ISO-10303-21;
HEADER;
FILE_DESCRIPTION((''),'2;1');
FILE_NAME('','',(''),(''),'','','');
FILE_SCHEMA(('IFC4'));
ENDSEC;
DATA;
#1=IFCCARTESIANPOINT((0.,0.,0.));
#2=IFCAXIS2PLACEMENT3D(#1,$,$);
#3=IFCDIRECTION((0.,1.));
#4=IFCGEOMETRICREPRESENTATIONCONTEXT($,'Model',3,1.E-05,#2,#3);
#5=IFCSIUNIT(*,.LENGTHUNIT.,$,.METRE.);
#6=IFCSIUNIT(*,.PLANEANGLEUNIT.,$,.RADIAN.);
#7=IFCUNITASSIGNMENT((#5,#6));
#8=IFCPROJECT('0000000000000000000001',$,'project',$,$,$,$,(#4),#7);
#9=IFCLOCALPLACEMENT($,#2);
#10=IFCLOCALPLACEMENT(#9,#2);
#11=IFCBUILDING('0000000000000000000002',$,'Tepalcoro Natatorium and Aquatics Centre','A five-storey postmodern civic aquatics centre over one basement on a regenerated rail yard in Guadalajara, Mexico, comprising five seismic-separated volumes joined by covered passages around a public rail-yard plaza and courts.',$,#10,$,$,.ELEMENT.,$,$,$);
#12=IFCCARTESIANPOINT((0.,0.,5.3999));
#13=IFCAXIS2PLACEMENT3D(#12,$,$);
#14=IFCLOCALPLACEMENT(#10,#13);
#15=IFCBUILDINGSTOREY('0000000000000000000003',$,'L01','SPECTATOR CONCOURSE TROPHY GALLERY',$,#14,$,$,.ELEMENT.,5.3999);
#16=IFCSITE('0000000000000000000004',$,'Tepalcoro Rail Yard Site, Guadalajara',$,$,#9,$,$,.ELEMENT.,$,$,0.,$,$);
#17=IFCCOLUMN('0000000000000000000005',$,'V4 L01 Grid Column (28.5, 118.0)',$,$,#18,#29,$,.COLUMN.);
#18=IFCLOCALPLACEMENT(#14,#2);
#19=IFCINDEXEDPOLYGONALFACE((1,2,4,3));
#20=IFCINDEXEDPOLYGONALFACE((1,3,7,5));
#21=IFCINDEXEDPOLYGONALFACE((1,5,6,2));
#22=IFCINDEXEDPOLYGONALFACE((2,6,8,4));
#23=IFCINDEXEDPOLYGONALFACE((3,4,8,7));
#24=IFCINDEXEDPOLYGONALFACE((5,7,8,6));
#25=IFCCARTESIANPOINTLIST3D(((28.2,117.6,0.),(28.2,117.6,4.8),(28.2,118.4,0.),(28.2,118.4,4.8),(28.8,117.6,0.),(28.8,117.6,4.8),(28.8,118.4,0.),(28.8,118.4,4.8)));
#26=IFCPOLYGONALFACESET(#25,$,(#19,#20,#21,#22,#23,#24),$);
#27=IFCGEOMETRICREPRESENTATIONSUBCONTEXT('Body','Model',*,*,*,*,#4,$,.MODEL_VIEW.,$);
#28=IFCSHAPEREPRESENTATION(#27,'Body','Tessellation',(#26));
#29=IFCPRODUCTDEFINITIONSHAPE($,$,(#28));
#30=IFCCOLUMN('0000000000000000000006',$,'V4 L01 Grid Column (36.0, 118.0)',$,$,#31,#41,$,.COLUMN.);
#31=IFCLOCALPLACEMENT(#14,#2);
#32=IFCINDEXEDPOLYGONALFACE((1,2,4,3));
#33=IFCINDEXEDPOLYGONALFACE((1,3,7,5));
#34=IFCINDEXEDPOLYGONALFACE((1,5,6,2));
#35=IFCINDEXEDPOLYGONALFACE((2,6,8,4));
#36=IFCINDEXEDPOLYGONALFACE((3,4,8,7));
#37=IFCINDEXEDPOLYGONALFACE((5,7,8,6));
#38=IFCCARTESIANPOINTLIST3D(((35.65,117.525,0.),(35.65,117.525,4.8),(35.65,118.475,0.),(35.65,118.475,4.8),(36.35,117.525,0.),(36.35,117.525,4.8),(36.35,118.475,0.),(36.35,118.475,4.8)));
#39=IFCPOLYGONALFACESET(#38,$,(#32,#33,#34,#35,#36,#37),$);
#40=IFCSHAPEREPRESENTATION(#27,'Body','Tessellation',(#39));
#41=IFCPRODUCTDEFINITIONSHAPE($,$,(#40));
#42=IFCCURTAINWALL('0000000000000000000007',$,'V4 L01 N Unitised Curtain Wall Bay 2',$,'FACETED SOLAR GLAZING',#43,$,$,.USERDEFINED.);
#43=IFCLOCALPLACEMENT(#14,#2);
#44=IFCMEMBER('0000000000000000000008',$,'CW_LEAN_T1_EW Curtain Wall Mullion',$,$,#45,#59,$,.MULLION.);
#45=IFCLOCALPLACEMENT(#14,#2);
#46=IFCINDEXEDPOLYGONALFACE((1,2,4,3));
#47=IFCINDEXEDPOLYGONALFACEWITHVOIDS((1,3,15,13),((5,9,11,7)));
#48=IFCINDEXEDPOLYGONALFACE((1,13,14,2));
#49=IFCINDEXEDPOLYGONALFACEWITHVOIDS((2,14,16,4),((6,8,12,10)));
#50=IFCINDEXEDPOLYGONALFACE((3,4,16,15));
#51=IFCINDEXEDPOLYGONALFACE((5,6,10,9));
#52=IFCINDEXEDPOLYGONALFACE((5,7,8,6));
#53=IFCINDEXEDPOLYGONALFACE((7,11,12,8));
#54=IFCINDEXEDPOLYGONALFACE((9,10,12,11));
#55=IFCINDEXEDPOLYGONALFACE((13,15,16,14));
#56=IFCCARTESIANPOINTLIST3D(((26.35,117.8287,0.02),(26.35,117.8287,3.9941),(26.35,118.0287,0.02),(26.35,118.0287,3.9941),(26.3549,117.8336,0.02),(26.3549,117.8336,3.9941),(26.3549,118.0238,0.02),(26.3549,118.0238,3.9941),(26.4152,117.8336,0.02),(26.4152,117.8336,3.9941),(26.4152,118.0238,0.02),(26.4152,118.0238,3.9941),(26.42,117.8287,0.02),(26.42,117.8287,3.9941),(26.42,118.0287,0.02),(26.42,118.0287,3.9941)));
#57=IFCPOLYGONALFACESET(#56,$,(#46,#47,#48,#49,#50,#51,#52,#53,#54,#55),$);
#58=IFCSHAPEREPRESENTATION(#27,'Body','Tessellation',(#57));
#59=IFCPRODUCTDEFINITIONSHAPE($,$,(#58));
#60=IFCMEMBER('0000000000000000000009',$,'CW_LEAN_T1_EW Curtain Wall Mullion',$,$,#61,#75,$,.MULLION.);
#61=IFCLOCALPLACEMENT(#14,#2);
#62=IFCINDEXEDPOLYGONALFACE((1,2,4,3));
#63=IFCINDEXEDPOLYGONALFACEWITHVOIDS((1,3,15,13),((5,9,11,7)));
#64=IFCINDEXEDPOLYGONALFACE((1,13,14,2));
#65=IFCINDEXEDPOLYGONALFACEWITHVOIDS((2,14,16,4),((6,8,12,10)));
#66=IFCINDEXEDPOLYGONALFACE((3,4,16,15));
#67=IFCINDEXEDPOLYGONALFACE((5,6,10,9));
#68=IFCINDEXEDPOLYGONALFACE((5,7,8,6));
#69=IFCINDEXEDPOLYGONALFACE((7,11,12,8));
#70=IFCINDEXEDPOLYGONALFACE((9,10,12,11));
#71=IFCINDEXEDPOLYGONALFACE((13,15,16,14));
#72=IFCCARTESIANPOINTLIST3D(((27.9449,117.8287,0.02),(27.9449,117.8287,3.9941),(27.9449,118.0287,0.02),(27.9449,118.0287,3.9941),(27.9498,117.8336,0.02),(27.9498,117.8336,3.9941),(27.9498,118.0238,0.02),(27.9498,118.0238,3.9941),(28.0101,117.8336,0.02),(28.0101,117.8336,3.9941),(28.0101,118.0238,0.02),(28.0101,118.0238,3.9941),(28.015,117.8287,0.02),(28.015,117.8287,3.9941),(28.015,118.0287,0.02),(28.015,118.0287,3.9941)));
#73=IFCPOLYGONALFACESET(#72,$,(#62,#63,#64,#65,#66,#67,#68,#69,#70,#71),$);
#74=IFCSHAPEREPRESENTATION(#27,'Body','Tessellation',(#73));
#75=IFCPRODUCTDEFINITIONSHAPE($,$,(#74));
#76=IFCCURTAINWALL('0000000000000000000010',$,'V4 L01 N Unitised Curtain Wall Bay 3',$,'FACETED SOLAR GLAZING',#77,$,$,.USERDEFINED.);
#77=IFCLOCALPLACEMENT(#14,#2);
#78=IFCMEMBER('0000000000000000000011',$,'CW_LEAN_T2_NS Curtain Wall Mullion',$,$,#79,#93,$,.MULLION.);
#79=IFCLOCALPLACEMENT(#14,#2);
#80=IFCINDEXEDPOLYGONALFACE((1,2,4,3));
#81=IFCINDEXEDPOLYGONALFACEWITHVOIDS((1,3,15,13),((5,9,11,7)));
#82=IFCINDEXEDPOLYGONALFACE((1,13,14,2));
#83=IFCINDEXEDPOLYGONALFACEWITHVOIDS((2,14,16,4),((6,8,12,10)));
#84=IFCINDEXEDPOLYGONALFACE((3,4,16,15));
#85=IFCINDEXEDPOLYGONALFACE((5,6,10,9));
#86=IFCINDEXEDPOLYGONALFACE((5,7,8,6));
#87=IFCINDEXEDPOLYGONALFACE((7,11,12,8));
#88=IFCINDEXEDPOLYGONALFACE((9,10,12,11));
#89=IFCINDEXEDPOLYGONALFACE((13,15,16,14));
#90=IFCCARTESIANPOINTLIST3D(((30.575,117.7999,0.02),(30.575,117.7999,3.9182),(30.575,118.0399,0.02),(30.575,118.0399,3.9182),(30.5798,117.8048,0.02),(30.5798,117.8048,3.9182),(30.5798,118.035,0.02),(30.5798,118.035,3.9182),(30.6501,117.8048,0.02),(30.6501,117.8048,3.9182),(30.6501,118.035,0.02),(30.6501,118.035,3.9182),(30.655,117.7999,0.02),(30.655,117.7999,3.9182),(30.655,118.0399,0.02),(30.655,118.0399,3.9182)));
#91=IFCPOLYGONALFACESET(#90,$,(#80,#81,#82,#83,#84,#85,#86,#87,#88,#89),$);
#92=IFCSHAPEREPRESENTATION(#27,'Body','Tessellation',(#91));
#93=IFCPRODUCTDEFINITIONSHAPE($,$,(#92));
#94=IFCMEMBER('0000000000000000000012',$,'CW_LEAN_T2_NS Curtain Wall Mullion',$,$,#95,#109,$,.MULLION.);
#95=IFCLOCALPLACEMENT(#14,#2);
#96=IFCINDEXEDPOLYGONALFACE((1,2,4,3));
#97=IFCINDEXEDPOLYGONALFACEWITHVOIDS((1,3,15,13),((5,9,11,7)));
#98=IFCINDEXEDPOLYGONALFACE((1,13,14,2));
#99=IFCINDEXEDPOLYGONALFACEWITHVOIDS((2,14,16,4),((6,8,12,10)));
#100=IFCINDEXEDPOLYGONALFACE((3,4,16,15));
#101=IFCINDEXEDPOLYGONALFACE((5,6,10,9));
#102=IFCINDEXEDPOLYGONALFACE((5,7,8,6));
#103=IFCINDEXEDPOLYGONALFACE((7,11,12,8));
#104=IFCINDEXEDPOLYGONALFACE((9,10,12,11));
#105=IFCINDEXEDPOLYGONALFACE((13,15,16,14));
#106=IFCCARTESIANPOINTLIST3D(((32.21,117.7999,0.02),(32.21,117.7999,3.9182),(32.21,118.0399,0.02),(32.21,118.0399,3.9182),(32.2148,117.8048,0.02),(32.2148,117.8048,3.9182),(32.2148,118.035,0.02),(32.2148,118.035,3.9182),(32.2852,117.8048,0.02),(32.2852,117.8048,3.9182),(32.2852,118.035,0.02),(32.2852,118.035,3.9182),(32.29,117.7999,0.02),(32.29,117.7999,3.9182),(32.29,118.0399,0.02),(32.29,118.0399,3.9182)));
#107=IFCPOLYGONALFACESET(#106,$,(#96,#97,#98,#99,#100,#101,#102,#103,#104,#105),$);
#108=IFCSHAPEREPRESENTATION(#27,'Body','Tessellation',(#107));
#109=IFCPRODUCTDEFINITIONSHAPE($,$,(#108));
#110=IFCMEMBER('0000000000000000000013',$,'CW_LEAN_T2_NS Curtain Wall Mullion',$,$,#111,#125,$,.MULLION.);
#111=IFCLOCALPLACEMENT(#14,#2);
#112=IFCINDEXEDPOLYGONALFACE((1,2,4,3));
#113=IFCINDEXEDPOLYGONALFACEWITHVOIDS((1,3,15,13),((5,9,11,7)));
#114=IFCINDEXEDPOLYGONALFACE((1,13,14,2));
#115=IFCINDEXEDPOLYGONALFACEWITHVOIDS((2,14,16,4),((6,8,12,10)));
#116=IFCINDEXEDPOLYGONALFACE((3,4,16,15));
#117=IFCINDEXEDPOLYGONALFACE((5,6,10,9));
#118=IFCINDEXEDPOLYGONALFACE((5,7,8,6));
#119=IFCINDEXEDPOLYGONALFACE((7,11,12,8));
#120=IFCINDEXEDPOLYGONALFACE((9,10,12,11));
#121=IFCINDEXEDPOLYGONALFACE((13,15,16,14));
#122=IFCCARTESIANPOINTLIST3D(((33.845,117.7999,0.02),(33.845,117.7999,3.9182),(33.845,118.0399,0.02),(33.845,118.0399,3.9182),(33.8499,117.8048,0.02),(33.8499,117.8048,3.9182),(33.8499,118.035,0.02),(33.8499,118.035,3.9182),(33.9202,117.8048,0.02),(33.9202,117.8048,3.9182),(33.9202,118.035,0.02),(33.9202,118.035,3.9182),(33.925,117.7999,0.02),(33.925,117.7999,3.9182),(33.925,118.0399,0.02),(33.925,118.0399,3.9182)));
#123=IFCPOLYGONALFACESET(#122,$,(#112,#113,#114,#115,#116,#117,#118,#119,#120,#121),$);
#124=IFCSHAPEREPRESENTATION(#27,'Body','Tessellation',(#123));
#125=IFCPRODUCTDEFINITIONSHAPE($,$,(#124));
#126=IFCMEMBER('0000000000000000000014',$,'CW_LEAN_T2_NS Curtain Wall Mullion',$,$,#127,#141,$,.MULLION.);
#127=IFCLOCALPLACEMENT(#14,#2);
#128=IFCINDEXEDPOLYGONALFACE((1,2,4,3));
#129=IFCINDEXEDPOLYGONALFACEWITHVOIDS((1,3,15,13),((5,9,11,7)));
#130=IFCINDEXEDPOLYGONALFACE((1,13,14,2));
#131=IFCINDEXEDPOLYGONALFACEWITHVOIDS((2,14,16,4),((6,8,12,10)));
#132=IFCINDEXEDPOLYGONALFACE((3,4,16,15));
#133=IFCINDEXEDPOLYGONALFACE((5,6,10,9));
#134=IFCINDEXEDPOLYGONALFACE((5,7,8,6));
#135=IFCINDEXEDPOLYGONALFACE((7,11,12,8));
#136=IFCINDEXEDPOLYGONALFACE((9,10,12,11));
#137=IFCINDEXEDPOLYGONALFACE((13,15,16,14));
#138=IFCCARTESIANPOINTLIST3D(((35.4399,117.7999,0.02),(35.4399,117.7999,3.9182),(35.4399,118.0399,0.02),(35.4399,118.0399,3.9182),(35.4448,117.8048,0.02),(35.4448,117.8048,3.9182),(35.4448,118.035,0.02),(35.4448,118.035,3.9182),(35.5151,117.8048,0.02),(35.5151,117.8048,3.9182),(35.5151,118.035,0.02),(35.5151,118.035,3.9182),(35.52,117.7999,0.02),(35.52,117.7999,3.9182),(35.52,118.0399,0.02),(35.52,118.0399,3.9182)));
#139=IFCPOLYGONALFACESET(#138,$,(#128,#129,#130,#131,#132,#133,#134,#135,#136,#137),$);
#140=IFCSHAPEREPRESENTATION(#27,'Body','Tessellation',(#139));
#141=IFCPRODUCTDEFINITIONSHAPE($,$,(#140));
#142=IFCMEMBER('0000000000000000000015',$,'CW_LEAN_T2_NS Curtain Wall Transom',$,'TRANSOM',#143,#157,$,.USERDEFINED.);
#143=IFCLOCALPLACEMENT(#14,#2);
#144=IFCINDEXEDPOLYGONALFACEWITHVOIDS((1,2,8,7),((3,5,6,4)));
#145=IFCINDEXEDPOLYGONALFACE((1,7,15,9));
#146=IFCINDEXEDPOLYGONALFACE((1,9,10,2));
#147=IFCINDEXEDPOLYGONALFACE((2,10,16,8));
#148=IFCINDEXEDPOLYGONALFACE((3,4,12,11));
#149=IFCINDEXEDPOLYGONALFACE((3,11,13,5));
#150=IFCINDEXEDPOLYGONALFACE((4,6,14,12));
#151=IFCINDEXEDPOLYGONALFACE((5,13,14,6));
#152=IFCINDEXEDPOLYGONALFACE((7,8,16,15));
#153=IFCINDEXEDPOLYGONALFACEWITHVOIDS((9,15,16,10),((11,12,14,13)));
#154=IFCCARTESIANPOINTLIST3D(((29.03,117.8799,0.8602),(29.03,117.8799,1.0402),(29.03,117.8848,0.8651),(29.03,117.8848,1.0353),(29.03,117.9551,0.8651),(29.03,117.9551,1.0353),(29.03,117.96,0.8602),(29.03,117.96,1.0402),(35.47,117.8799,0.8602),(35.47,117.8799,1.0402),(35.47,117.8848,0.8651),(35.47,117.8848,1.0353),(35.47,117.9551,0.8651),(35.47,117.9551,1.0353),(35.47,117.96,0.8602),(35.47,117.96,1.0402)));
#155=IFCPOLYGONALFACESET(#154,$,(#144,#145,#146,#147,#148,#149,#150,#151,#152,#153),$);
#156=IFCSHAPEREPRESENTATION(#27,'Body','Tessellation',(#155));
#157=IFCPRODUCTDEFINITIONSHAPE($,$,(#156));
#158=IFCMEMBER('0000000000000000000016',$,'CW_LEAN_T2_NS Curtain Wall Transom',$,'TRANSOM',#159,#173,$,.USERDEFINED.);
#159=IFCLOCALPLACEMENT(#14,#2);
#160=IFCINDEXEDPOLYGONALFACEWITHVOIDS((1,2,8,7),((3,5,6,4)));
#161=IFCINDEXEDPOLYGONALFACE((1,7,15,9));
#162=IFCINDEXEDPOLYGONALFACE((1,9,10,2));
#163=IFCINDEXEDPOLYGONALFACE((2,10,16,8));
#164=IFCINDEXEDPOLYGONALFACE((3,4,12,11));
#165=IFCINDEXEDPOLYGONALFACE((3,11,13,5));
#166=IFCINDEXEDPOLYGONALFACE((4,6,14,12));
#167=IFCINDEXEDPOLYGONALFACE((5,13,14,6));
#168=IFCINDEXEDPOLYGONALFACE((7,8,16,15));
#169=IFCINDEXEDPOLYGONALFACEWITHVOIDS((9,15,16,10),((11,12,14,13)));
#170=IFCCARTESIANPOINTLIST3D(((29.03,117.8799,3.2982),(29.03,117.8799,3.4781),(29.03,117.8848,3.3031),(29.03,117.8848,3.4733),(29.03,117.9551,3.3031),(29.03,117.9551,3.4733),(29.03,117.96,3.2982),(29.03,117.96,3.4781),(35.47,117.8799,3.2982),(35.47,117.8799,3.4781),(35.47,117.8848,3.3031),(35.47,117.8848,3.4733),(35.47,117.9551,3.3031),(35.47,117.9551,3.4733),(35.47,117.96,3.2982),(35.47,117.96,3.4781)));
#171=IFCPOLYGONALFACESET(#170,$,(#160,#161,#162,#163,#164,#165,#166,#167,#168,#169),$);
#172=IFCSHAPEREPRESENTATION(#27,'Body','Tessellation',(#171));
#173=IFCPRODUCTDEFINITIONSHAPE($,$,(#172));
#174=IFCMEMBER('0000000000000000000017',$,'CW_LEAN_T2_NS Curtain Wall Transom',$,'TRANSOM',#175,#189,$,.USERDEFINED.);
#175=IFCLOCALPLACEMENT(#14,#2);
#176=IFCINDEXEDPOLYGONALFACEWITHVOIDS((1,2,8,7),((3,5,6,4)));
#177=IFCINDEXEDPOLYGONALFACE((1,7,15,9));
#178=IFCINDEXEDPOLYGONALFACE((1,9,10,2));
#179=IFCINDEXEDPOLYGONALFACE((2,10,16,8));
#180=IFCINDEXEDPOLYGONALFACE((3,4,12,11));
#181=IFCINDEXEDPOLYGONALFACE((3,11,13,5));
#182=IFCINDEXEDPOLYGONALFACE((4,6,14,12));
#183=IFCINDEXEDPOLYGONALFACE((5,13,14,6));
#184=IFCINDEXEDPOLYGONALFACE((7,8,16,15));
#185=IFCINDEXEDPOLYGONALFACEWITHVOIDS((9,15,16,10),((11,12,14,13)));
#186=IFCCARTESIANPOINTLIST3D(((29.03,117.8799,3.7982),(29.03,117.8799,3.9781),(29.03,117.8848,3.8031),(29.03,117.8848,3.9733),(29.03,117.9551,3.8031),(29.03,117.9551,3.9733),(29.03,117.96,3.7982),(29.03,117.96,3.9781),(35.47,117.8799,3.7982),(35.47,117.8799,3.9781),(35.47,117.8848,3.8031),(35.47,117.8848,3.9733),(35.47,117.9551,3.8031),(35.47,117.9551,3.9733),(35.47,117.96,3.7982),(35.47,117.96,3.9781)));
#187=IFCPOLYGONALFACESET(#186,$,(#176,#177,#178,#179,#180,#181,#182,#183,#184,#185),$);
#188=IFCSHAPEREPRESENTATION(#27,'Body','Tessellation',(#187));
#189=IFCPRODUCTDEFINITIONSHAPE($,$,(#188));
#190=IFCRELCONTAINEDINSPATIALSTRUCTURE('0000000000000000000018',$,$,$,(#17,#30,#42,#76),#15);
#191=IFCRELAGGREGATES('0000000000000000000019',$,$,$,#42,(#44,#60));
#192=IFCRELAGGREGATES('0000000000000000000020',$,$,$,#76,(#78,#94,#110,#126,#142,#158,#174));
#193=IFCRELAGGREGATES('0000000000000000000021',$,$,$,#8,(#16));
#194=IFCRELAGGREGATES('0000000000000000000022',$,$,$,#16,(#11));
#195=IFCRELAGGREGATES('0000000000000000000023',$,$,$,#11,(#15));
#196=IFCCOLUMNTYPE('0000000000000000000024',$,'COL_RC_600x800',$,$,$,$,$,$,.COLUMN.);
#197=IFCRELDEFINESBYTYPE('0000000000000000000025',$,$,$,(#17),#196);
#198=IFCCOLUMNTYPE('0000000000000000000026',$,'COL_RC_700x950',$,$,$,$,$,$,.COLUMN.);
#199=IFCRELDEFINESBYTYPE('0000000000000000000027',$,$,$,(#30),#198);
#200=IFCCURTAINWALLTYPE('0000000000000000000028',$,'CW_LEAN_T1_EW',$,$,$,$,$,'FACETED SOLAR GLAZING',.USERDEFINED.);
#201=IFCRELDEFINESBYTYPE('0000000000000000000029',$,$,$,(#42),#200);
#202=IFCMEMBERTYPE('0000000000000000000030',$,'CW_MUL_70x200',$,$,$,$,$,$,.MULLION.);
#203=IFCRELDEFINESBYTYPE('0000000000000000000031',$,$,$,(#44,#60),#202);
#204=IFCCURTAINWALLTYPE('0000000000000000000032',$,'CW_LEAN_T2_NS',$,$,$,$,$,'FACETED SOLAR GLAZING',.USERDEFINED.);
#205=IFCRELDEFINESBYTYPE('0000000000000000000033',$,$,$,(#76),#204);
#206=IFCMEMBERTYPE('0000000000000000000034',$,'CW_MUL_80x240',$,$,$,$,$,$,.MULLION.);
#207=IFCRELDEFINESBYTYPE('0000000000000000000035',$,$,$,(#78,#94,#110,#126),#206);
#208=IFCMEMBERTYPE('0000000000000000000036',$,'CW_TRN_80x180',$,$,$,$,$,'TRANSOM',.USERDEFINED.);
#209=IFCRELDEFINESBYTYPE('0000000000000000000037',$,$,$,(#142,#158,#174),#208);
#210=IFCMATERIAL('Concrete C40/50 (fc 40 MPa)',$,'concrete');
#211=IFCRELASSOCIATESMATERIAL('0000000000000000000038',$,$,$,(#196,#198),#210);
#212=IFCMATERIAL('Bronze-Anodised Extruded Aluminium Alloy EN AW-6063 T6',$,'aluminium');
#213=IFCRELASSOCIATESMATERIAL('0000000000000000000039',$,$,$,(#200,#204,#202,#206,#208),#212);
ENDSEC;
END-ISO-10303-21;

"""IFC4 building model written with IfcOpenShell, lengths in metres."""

from ifc_helpers import new_model, si_unit, direction, frame, origin, origin_2d, place, context, subcontext, project, spatial, rectangle, hollow_rectangle, extrude, material, material_profile, profile_set, type_object, element, aggregate, save


model = new_model("IFC4")

# Units and contexts
model_context = context("Model", 3, precision=1e-05, world=origin(), true_north=direction((0.0, 1.0)))
body_context = subcontext(model_context, "Body", "Model", "MODEL_VIEW")
ifc_project = project(units=[si_unit("LENGTHUNIT", "METRE"), si_unit("PLANEANGLEUNIT", "RADIAN")], contexts=[model_context])

# Site, building, storey
site_placement = place(None, origin())
site = spatial("IfcSite", under=ifc_project, at=site_placement, Name="Tepalcoro Rail Yard Site, Guadalajara", CompositionType="ELEMENT", RefElevation=0.0)
building_placement = place(site_placement, origin())
building = spatial("IfcBuilding", under=site, at=building_placement, Name="Tepalcoro Natatorium and Aquatics Centre", Description="A five-storey postmodern civic aquatics centre over one basement on a regenerated rail yard in Guadalajara, Mexico, comprising five seismic-separated volumes joined by covered passages around a public rail-yard plaza and courts.", CompositionType="ELEMENT")
storey_placement = place(building_placement, frame((0.0, 0.0, 5.3999)))
storey = spatial("IfcBuildingStorey", under=building, at=storey_placement, Name="L01", Description="SPECTATOR CONCOURSE TROPHY GALLERY", CompositionType="ELEMENT", Elevation=5.3999)

# Columns
ifc_material_1 = material(Name="Concrete C40/50 (fc 40 MPa)", Category="concrete")
ifc_material_profile_1 = material_profile(ifc_material_1, rectangle(XDim=0.6001, YDim=0.8, at=origin_2d()), Name="RC600x800")
ifc_profile_set_1 = profile_set([ifc_material_profile_1], Name="Concrete C40/50 (fc 40 MPa)")
column_type_1 = type_object("IfcColumnType", Name="COL_RC_600x800", PredefinedType="COLUMN", material=ifc_profile_set_1)
column_1_placement = place(storey_placement, frame((28.5, 118.0, 0.0), z_axis=(0.0, 0.0, 1.0), x_axis=(1.0, 0.0, 0.0)))
element("IfcColumn", 1, at=column_1_placement, inside=storey, type_object=column_type_1, Name="V4 L01 Grid Column (28.5, 118.0)", PredefinedType="COLUMN", context=body_context, shape_type="SweptSolid", body=[
    extrude(rectangle(XDim=0.6001, YDim=0.8, at=origin_2d()), origin(), (0.0, 0.0, 1.0), 4.8),
])
ifc_material_profile_2 = material_profile(ifc_material_1, rectangle(XDim=0.7, YDim=0.95, at=origin_2d()), Name="RC700x950")
ifc_profile_set_2 = profile_set([ifc_material_profile_2], Name="Concrete C40/50 (fc 40 MPa)")
column_type_2 = type_object("IfcColumnType", Name="COL_RC_700x950", PredefinedType="COLUMN", material=ifc_profile_set_2)
column_2_placement = place(storey_placement, frame((36.0, 118.0, 0.0), z_axis=(0.0, 0.0, 1.0), x_axis=(1.0, 0.0, 0.0)))
element("IfcColumn", 2, at=column_2_placement, inside=storey, type_object=column_type_2, Name="V4 L01 Grid Column (36.0, 118.0)", PredefinedType="COLUMN", context=body_context, shape_type="SweptSolid", body=[
    extrude(rectangle(XDim=0.7, YDim=0.95, at=origin_2d()), origin(), (0.0, 0.0, 1.0), 4.8),
])

# Curtain walls, members
ifc_material_2 = material(Name="Bronze-Anodised Extruded Aluminium Alloy EN AW-6063 T6", Category="aluminium")
curtain_wall_type_1 = type_object("IfcCurtainWallType", Name="CW_LEAN_T1_EW", ElementType="FACETED SOLAR GLAZING", PredefinedType="USERDEFINED", material=ifc_material_2)
curtain_wall_1_placement = place(storey_placement, origin())
curtain_wall_1 = element("IfcCurtainWall", 3, at=curtain_wall_1_placement, inside=storey, type_object=curtain_wall_type_1, Name="V4 L01 N Unitised Curtain Wall Bay 2", ObjectType="FACETED SOLAR GLAZING", PredefinedType="USERDEFINED")
ifc_material_profile_3 = material_profile(ifc_material_2, hollow_rectangle(XDim=0.0701, YDim=0.2, WallThickness=0.0049, at=origin_2d()), Name="AL70X200X5")
ifc_profile_set_3 = profile_set([ifc_material_profile_3], Name="Bronze-Anodised Extruded Aluminium Alloy EN AW-6063 T6")
member_type_1 = type_object("IfcMemberType", Name="CW_MUL_70x200", PredefinedType="MULLION", material=ifc_profile_set_3)
member_1_placement = place(storey_placement, frame((26.385, 117.9287, 0.02), z_axis=(0.0, 0.0, 1.0), x_axis=(1.0, 0.0, 0.0)))
member_1 = element("IfcMember", 4, at=member_1_placement, type_object=member_type_1, Name="CW_LEAN_T1_EW Curtain Wall Mullion", PredefinedType="MULLION", context=body_context, shape_type="SweptSolid", body=[
    extrude(hollow_rectangle(XDim=0.0701, YDim=0.2, WallThickness=0.0049, at=origin_2d()), origin(), (0.0, 0.0, 1.0), 3.9741),
])
member_2_placement = place(storey_placement, frame((27.98, 117.9287, 0.02), z_axis=(0.0, 0.0, 1.0), x_axis=(1.0, 0.0, 0.0)))
member_2 = element("IfcMember", 5, at=member_2_placement, type_object=member_type_1, Name="CW_LEAN_T1_EW Curtain Wall Mullion", PredefinedType="MULLION", context=body_context, shape_type="SweptSolid", body=[
    extrude(hollow_rectangle(XDim=0.0701, YDim=0.2, WallThickness=0.0049, at=origin_2d()), origin(), (0.0, 0.0, 1.0), 3.9741),
])
curtain_wall_type_2 = type_object("IfcCurtainWallType", Name="CW_LEAN_T2_NS", ElementType="FACETED SOLAR GLAZING", PredefinedType="USERDEFINED", material=ifc_material_2)
curtain_wall_2_placement = place(storey_placement, origin())
curtain_wall_2 = element("IfcCurtainWall", 6, at=curtain_wall_2_placement, inside=storey, type_object=curtain_wall_type_2, Name="V4 L01 N Unitised Curtain Wall Bay 3", ObjectType="FACETED SOLAR GLAZING", PredefinedType="USERDEFINED")
ifc_material_profile_4 = material_profile(ifc_material_2, hollow_rectangle(XDim=0.0801, YDim=0.24, WallThickness=0.0049, at=origin_2d()), Name="AL80X240X5")
ifc_profile_set_4 = profile_set([ifc_material_profile_4], Name="Bronze-Anodised Extruded Aluminium Alloy EN AW-6063 T6")
member_type_2 = type_object("IfcMemberType", Name="CW_MUL_80x240", PredefinedType="MULLION", material=ifc_profile_set_4)
member_3_placement = place(storey_placement, frame((30.615, 117.9199, 0.02), z_axis=(0.0, 0.0, 1.0), x_axis=(1.0, 0.0, 0.0)))
member_3 = element("IfcMember", 7, at=member_3_placement, type_object=member_type_2, Name="CW_LEAN_T2_NS Curtain Wall Mullion", PredefinedType="MULLION", context=body_context, shape_type="SweptSolid", body=[
    extrude(hollow_rectangle(XDim=0.0801, YDim=0.24, WallThickness=0.0049, at=origin_2d()), origin(), (0.0, 0.0, 1.0), 3.8982),
])
member_4_placement = place(storey_placement, frame((32.25, 117.9199, 0.02), z_axis=(0.0, 0.0, 1.0), x_axis=(1.0, 0.0, 0.0)))
member_4 = element("IfcMember", 8, at=member_4_placement, type_object=member_type_2, Name="CW_LEAN_T2_NS Curtain Wall Mullion", PredefinedType="MULLION", context=body_context, shape_type="SweptSolid", body=[
    extrude(hollow_rectangle(XDim=0.0801, YDim=0.24, WallThickness=0.0049, at=origin_2d()), origin(), (0.0, 0.0, 1.0), 3.8982),
])
member_5_placement = place(storey_placement, frame((33.885, 117.9199, 0.02), z_axis=(0.0, 0.0, 1.0), x_axis=(1.0, 0.0, 0.0)))
member_5 = element("IfcMember", 9, at=member_5_placement, type_object=member_type_2, Name="CW_LEAN_T2_NS Curtain Wall Mullion", PredefinedType="MULLION", context=body_context, shape_type="SweptSolid", body=[
    extrude(hollow_rectangle(XDim=0.0801, YDim=0.24, WallThickness=0.0049, at=origin_2d()), origin(), (0.0, 0.0, 1.0), 3.8982),
])
member_6_placement = place(storey_placement, frame((35.48, 117.9199, 0.02), z_axis=(0.0, 0.0, 1.0), x_axis=(1.0, 0.0, 0.0)))
member_6 = element("IfcMember", 10, at=member_6_placement, type_object=member_type_2, Name="CW_LEAN_T2_NS Curtain Wall Mullion", PredefinedType="MULLION", context=body_context, shape_type="SweptSolid", body=[
    extrude(hollow_rectangle(XDim=0.0801, YDim=0.24, WallThickness=0.0049, at=origin_2d()), origin(), (0.0, 0.0, 1.0), 3.8982),
])
ifc_material_profile_5 = material_profile(ifc_material_2, hollow_rectangle(XDim=0.0801, YDim=0.1799, WallThickness=0.0049, at=origin_2d()), Name="AL80X180X5")
ifc_profile_set_5 = profile_set([ifc_material_profile_5], Name="Bronze-Anodised Extruded Aluminium Alloy EN AW-6063 T6")
member_type_3 = type_object("IfcMemberType", Name="CW_TRN_80x180", ElementType="TRANSOM", PredefinedType="USERDEFINED", material=ifc_profile_set_5)
member_7_placement = place(storey_placement, frame((29.03, 117.9199, 0.9502), z_axis=(1.0, 0.0, 0.0), x_axis=(0.0, 1.0, 0.0)))
member_7 = element("IfcMember", 11, at=member_7_placement, type_object=member_type_3, Name="CW_LEAN_T2_NS Curtain Wall Transom", ObjectType="TRANSOM", PredefinedType="USERDEFINED", context=body_context, shape_type="SweptSolid", body=[
    extrude(hollow_rectangle(XDim=0.0801, YDim=0.1799, WallThickness=0.0049, at=origin_2d()), origin(), (0.0, 0.0, 1.0), 6.4399),
])
member_8_placement = place(storey_placement, frame((29.03, 117.9199, 3.3882), z_axis=(1.0, 0.0, 0.0), x_axis=(0.0, 1.0, 0.0)))
member_8 = element("IfcMember", 12, at=member_8_placement, type_object=member_type_3, Name="CW_LEAN_T2_NS Curtain Wall Transom", ObjectType="TRANSOM", PredefinedType="USERDEFINED", context=body_context, shape_type="SweptSolid", body=[
    extrude(hollow_rectangle(XDim=0.0801, YDim=0.1799, WallThickness=0.0049, at=origin_2d()), origin(), (0.0, 0.0, 1.0), 6.4399),
])
member_9_placement = place(storey_placement, frame((29.03, 117.9199, 3.8882), z_axis=(1.0, 0.0, 0.0), x_axis=(0.0, 1.0, 0.0)))
member_9 = element("IfcMember", 13, at=member_9_placement, type_object=member_type_3, Name="CW_LEAN_T2_NS Curtain Wall Transom", ObjectType="TRANSOM", PredefinedType="USERDEFINED", context=body_context, shape_type="SweptSolid", body=[
    extrude(hollow_rectangle(XDim=0.0801, YDim=0.1799, WallThickness=0.0049, at=origin_2d()), origin(), (0.0, 0.0, 1.0), 6.4399),
])

aggregate(curtain_wall_1, [member_1, member_2])
aggregate(curtain_wall_2, [member_3, member_4, member_5, member_6, member_7, member_8, member_9])

save(model, "model.ifc")
